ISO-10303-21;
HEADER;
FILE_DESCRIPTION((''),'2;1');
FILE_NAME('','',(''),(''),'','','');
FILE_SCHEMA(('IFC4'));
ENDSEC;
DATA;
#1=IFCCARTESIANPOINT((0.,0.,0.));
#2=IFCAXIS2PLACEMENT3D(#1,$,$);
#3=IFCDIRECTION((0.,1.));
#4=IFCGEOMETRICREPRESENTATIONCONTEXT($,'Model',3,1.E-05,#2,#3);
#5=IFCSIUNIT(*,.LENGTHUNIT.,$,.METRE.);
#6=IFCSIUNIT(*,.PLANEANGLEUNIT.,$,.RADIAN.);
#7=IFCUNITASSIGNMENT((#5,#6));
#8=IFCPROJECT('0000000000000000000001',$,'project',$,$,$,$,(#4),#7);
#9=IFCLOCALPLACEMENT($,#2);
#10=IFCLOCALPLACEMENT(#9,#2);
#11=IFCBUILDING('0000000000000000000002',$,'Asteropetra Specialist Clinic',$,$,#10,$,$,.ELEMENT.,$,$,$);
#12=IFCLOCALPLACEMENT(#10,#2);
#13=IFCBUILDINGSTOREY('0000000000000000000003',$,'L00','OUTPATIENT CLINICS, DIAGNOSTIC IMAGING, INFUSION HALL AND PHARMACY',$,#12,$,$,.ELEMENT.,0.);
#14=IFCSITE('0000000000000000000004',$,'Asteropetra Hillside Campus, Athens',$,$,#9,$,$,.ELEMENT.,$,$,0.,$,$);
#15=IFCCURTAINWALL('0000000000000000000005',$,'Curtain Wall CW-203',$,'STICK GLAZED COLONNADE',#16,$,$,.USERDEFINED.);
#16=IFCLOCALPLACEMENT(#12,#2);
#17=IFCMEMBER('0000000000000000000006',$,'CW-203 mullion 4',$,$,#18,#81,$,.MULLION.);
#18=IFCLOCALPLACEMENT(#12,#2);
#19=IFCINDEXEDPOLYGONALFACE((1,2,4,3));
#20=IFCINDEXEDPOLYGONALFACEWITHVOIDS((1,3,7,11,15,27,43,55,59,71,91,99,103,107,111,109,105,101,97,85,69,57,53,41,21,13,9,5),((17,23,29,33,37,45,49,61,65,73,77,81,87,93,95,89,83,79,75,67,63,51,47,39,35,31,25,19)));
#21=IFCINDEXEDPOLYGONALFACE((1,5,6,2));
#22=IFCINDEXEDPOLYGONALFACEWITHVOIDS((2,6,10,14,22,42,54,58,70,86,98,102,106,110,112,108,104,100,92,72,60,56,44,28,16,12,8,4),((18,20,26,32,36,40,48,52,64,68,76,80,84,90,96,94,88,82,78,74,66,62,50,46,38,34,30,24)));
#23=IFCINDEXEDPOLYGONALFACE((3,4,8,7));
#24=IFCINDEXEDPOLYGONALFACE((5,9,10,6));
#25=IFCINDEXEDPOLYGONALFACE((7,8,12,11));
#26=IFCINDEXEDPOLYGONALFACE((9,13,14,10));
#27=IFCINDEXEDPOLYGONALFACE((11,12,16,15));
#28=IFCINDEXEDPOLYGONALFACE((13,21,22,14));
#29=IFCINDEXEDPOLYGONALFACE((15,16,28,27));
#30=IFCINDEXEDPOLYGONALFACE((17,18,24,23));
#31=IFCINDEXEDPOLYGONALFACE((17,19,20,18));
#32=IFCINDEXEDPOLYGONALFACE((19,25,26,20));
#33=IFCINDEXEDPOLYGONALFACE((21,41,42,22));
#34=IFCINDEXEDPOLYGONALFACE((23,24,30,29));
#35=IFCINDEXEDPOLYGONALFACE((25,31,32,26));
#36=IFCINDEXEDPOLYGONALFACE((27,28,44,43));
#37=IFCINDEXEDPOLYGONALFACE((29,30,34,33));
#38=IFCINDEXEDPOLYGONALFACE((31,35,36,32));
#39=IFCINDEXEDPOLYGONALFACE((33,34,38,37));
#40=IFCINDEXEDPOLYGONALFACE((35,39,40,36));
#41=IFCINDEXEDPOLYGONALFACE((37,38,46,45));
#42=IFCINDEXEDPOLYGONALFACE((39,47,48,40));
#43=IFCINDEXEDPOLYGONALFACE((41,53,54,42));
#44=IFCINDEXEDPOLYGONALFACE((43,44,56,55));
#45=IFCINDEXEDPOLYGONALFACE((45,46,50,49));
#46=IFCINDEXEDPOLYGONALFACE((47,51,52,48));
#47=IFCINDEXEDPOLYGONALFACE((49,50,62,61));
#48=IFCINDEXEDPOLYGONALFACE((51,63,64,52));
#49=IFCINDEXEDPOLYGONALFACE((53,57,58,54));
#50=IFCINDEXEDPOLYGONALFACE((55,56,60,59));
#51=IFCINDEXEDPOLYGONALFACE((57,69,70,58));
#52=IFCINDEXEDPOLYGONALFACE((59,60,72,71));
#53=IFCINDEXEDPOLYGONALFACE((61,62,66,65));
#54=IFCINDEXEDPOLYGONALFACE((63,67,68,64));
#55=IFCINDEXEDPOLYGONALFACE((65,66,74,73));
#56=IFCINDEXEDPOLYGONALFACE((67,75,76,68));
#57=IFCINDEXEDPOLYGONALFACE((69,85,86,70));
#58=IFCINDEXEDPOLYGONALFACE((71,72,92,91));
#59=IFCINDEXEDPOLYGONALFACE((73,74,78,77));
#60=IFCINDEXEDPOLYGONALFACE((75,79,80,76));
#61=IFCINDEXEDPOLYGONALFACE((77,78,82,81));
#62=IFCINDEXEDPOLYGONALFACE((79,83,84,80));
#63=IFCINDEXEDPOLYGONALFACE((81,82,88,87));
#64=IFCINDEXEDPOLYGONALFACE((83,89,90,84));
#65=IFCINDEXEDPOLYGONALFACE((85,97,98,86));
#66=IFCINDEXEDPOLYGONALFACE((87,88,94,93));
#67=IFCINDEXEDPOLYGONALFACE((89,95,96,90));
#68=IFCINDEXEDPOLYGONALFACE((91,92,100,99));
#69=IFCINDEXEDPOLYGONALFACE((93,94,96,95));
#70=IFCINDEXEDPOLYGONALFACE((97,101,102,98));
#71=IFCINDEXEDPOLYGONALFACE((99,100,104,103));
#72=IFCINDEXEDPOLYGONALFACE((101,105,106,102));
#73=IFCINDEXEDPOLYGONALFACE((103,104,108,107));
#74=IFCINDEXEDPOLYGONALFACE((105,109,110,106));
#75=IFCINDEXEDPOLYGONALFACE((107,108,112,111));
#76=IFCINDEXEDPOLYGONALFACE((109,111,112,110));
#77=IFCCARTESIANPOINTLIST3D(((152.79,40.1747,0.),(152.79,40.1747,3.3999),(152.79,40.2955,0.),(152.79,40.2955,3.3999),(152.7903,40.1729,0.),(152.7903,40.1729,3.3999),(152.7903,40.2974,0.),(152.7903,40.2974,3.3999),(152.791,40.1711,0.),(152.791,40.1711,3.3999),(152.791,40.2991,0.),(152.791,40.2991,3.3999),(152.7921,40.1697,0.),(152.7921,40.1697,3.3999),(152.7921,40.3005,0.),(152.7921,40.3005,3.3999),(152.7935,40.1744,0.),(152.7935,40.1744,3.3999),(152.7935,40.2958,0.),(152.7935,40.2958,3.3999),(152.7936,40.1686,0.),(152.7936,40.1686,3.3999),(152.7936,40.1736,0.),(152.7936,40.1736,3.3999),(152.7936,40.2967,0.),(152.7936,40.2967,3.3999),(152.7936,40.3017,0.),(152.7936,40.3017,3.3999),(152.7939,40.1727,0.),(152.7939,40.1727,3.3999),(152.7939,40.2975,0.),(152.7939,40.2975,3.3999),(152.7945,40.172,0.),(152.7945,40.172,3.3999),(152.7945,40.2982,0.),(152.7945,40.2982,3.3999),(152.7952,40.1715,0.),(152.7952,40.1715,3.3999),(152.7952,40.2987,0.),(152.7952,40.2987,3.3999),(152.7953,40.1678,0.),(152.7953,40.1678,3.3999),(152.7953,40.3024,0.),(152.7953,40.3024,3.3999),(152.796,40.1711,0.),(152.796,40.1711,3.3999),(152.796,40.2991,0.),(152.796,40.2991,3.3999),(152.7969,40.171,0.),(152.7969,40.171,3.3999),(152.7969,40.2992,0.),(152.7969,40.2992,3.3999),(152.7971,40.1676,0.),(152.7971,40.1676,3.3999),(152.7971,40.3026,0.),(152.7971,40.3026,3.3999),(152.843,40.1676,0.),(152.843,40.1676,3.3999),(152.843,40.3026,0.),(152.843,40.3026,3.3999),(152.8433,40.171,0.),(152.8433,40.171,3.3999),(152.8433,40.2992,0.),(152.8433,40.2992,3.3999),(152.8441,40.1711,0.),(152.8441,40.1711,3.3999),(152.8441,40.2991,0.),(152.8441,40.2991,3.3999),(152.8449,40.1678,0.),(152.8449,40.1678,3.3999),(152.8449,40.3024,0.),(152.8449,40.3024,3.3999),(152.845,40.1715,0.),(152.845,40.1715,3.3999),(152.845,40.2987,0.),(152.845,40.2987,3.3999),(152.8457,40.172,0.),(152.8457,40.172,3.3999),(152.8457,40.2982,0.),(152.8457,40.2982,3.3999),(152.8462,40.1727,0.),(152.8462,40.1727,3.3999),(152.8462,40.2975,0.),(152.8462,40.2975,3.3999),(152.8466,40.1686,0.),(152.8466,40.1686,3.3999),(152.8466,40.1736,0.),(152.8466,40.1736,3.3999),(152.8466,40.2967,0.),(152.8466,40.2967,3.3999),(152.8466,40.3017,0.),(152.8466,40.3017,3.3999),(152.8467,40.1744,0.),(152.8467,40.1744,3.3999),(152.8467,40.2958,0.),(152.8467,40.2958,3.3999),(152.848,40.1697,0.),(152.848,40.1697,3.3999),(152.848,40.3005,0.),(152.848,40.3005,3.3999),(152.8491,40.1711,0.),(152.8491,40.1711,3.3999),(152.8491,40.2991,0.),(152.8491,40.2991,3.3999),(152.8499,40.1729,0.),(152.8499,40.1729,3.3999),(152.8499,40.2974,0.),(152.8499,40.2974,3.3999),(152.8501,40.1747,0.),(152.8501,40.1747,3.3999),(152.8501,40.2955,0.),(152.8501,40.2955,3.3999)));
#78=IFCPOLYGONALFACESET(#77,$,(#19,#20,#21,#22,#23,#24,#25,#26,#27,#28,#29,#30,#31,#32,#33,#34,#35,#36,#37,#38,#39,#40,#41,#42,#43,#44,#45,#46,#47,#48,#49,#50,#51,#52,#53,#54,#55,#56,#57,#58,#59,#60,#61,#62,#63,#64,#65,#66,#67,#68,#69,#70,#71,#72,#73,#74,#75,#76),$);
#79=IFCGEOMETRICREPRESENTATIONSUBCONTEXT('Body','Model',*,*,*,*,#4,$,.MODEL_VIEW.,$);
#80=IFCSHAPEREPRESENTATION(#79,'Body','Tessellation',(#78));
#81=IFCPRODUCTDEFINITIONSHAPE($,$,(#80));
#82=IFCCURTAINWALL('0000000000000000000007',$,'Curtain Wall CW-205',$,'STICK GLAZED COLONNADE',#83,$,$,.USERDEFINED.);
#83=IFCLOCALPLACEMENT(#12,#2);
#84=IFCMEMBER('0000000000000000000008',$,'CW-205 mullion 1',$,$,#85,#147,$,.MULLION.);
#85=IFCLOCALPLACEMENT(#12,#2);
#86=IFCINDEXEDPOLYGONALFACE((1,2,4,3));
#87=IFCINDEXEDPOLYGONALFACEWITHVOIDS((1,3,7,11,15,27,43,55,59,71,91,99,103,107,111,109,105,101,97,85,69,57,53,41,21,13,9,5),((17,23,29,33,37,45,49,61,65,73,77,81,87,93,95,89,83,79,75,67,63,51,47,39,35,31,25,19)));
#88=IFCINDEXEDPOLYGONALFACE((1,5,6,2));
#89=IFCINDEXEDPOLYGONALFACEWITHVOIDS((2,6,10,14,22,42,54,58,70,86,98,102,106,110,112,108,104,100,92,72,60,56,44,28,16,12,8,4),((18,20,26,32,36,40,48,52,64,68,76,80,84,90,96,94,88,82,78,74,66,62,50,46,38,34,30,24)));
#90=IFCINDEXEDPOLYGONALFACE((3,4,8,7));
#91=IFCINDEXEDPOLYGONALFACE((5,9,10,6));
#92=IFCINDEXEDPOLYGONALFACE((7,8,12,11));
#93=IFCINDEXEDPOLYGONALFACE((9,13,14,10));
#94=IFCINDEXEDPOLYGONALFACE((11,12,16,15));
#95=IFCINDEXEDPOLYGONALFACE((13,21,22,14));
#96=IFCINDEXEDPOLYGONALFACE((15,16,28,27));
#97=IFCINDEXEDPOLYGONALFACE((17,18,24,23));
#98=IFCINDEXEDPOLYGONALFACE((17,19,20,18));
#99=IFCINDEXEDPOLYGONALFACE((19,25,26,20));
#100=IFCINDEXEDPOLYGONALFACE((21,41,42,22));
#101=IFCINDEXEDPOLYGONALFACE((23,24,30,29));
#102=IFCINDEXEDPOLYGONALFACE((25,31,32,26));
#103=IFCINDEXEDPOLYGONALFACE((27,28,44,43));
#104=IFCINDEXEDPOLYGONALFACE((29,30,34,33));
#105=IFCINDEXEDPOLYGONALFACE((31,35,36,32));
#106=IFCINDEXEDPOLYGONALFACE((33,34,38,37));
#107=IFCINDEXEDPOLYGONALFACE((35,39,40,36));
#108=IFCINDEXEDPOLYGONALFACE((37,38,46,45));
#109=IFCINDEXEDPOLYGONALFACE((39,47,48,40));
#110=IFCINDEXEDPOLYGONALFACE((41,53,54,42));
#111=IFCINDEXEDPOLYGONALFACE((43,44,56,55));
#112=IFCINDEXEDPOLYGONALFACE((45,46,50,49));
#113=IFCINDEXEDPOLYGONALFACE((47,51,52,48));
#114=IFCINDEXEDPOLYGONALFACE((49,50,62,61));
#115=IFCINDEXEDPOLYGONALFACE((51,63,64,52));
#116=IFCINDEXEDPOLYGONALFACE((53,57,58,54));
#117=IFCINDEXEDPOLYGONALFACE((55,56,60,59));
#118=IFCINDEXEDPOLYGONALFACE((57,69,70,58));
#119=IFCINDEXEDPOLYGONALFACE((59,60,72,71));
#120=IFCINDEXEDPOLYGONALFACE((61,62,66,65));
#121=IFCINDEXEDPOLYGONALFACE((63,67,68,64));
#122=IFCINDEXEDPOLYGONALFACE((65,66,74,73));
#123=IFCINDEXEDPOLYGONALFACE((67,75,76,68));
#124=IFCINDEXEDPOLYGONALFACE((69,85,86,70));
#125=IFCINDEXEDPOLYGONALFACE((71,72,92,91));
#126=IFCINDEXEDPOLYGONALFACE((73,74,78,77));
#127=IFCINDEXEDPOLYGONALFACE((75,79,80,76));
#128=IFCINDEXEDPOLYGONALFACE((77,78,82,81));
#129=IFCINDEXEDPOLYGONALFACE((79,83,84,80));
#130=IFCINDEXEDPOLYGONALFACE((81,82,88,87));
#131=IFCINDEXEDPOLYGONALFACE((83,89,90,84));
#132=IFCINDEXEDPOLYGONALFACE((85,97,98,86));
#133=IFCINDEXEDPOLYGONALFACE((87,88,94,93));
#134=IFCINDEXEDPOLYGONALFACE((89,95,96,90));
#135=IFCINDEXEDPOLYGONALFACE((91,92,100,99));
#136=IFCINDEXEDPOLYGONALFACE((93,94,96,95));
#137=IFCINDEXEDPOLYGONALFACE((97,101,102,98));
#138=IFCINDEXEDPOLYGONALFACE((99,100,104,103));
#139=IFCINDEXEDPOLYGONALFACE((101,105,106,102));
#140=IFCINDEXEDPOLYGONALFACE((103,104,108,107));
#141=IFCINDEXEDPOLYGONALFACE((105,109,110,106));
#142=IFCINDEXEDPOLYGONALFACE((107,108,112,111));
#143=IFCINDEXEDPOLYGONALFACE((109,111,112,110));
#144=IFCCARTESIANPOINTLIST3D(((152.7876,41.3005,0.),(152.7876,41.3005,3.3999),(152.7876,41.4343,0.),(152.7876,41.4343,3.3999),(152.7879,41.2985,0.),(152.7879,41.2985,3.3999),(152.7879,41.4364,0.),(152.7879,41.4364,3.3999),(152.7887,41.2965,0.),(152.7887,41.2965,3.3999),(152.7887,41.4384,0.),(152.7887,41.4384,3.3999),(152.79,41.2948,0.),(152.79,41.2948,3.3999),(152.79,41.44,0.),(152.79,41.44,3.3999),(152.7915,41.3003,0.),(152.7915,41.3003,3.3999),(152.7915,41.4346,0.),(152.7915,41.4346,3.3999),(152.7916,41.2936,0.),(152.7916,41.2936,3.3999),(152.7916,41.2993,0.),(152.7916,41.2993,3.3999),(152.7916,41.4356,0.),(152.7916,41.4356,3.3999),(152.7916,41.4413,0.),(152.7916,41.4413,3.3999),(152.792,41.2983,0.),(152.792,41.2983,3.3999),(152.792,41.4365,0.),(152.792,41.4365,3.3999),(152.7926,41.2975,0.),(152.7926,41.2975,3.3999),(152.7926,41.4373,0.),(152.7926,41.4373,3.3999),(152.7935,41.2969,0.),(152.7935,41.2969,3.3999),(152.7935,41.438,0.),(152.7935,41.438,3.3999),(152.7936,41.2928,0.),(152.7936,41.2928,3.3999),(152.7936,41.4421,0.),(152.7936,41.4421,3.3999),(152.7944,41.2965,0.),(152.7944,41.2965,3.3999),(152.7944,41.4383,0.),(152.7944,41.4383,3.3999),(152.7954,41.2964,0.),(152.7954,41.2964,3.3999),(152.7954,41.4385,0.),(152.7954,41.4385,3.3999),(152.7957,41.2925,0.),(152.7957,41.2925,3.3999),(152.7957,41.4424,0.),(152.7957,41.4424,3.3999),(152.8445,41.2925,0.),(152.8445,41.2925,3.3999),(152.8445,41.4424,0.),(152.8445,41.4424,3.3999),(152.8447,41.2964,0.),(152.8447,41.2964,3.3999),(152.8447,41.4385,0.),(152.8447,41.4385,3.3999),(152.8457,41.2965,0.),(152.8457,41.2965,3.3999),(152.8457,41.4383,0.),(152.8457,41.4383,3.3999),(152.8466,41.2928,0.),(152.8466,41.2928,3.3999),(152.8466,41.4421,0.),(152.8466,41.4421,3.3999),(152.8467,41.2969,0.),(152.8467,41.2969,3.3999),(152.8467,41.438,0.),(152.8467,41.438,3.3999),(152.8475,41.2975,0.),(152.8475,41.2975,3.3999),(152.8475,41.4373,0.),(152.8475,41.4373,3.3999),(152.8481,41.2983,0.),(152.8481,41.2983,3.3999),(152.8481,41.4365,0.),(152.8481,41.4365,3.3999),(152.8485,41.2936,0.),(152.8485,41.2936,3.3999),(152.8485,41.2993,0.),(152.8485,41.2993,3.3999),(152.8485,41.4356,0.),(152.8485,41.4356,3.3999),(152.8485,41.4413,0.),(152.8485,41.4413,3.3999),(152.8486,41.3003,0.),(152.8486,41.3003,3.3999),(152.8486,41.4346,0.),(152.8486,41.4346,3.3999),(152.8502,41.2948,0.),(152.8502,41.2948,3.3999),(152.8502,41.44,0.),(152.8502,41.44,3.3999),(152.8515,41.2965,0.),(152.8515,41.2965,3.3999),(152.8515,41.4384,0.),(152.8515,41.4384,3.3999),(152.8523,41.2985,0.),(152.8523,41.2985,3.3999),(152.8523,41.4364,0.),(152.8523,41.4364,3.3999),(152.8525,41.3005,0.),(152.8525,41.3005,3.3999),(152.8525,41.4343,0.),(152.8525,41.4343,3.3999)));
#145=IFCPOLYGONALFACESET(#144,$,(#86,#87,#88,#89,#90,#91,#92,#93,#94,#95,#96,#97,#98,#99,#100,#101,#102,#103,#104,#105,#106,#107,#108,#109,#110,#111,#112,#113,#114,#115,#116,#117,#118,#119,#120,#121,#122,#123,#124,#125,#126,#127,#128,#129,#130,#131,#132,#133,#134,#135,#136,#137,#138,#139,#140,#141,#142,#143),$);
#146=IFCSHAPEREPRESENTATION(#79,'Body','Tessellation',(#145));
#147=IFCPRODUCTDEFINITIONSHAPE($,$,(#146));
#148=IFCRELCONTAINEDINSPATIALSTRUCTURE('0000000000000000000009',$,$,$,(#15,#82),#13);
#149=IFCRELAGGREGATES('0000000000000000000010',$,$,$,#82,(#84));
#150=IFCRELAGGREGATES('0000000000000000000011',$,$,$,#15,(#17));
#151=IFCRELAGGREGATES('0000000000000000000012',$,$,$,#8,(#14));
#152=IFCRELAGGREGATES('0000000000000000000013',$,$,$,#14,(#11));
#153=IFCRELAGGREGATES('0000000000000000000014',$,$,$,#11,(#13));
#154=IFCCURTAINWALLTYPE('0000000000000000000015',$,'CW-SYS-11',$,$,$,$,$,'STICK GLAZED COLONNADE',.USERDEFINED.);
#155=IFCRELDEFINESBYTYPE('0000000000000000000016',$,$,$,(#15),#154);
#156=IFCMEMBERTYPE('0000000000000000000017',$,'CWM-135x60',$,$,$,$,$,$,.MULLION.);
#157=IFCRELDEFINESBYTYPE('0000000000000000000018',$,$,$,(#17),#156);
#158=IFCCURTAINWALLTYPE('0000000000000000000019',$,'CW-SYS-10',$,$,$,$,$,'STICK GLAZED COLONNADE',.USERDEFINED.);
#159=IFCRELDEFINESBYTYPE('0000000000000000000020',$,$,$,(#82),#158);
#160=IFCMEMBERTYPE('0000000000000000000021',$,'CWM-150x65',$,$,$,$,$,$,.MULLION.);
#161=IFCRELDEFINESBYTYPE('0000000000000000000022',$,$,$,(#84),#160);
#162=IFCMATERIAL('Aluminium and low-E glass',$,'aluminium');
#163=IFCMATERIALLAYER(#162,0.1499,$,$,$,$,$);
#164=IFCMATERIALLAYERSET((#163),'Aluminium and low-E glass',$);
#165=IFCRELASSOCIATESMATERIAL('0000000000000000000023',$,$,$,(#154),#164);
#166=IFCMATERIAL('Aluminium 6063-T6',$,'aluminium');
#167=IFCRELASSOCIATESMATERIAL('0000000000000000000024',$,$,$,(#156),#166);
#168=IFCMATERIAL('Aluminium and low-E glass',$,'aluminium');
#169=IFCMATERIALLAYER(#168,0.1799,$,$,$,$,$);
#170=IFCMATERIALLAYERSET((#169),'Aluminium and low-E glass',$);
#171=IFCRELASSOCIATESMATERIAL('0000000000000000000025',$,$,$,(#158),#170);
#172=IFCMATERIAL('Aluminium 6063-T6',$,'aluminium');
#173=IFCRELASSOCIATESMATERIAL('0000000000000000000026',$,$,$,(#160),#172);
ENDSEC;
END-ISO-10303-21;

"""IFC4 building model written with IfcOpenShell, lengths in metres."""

from ifc_helpers import new_model, si_unit, direction, frame, origin, origin_2d, place, context, subcontext, project, spatial, hollow_rectangle, extrude, material, layer, layer_set, material_profile, profile_set, type_object, element, aggregate, save


model = new_model("IFC4")

# Units and contexts
model_context = context("Model", 3, precision=1e-05, world=origin(), true_north=direction((0.0, 1.0)))
body_context = subcontext(model_context, "Body", "Model", "MODEL_VIEW")
ifc_project = project(units=[si_unit("LENGTHUNIT", "METRE"), si_unit("PLANEANGLEUNIT", "RADIAN")], contexts=[model_context])

# Site, building, storey
site_placement = place(None, origin())
site = spatial("IfcSite", under=ifc_project, at=site_placement, Name="Asteropetra Hillside Campus, Athens", CompositionType="ELEMENT", RefElevation=0.0)
building_placement = place(site_placement, origin())
building = spatial("IfcBuilding", under=site, at=building_placement, Name="Asteropetra Specialist Clinic", CompositionType="ELEMENT")
storey_placement = place(building_placement, origin())
storey = spatial("IfcBuildingStorey", under=building, at=storey_placement, Name="L00", Description="OUTPATIENT CLINICS, DIAGNOSTIC IMAGING, INFUSION HALL AND PHARMACY", CompositionType="ELEMENT", Elevation=0.0)

# Curtain wall, member
ifc_material_1 = material(Name="Aluminium and low-E glass", Category="aluminium")
ifc_layer_1 = layer(ifc_material_1, 0.1499)
ifc_layer_set_1 = layer_set([ifc_layer_1], Name="Aluminium and low-E glass")
curtain_wall_type_1 = type_object("IfcCurtainWallType", Name="CW-SYS-11", ElementType="STICK GLAZED COLONNADE", PredefinedType="USERDEFINED", material=ifc_layer_set_1)
curtain_wall_1_placement = place(storey_placement, origin())
curtain_wall_1 = element("IfcCurtainWall", 1, at=curtain_wall_1_placement, inside=storey, type_object=curtain_wall_type_1, Name="Curtain Wall CW-203", ObjectType="STICK GLAZED COLONNADE", PredefinedType="USERDEFINED")
ifc_material_2 = material(Name="Aluminium 6063-T6", Category="aluminium")
ifc_material_profile_1 = material_profile(ifc_material_2, hollow_rectangle(XDim=0.0601, YDim=0.135, WallThickness=0.0034, InnerFilletRadius=0.0034, OuterFilletRadius=0.0071, at=origin_2d()), Name="MUL 135x60x3.5")
ifc_profile_set_1 = profile_set([ifc_material_profile_1], Name="Aluminium 6063-T6")
member_type_1 = type_object("IfcMemberType", Name="CWM-135x60", PredefinedType="MULLION", material=ifc_profile_set_1)
member_1_placement = place(storey_placement, frame((152.8201, 40.2351, 0.0), z_axis=(0.0, 0.0, 1.0), x_axis=(-1.0, 0.0, 0.0)))
member_1 = element("IfcMember", 2, at=member_1_placement, type_object=member_type_1, Name="CW-203 mullion 4", PredefinedType="MULLION", context=body_context, shape_type="SweptSolid", body=[
    extrude(hollow_rectangle(XDim=0.0601, YDim=0.135, WallThickness=0.0034, InnerFilletRadius=0.0034, OuterFilletRadius=0.0071, at=origin_2d()), origin(), (0.0, 0.0, 1.0), 3.3999),
])

# Curtain wall, member
ifc_material_3 = material(Name="Aluminium and low-E glass", Category="aluminium")
ifc_layer_2 = layer(ifc_material_3, 0.1799)
ifc_layer_set_2 = layer_set([ifc_layer_2], Name="Aluminium and low-E glass")
curtain_wall_type_2 = type_object("IfcCurtainWallType", Name="CW-SYS-10", ElementType="STICK GLAZED COLONNADE", PredefinedType="USERDEFINED", material=ifc_layer_set_2)
curtain_wall_2_placement = place(storey_placement, origin())
curtain_wall_2 = element("IfcCurtainWall", 3, at=curtain_wall_2_placement, inside=storey, type_object=curtain_wall_type_2, Name="Curtain Wall CW-205", ObjectType="STICK GLAZED COLONNADE", PredefinedType="USERDEFINED")
ifc_material_4 = material(Name="Aluminium 6063-T6", Category="aluminium")
ifc_material_profile_2 = material_profile(ifc_material_4, hollow_rectangle(XDim=0.0649, YDim=0.1499, WallThickness=0.0039, InnerFilletRadius=0.0039, OuterFilletRadius=0.0081, at=origin_2d()), Name="MUL 150x65x4.0")
ifc_profile_set_2 = profile_set([ifc_material_profile_2], Name="Aluminium 6063-T6")
member_type_2 = type_object("IfcMemberType", Name="CWM-150x65", PredefinedType="MULLION", material=ifc_profile_set_2)
member_2_placement = place(storey_placement, frame((152.8201, 41.3674, 0.0), z_axis=(0.0, 0.0, 1.0), x_axis=(-1.0, 0.0, 0.0)))
member_2 = element("IfcMember", 4, at=member_2_placement, type_object=member_type_2, Name="CW-205 mullion 1", PredefinedType="MULLION", context=body_context, shape_type="SweptSolid", body=[
    extrude(hollow_rectangle(XDim=0.0649, YDim=0.1499, WallThickness=0.0039, InnerFilletRadius=0.0039, OuterFilletRadius=0.0081, at=origin_2d()), origin(), (0.0, 0.0, 1.0), 3.3999),
])
aggregate(curtain_wall_2, [member_2])

aggregate(curtain_wall_1, [member_1])

save(model, "model.ifc")
